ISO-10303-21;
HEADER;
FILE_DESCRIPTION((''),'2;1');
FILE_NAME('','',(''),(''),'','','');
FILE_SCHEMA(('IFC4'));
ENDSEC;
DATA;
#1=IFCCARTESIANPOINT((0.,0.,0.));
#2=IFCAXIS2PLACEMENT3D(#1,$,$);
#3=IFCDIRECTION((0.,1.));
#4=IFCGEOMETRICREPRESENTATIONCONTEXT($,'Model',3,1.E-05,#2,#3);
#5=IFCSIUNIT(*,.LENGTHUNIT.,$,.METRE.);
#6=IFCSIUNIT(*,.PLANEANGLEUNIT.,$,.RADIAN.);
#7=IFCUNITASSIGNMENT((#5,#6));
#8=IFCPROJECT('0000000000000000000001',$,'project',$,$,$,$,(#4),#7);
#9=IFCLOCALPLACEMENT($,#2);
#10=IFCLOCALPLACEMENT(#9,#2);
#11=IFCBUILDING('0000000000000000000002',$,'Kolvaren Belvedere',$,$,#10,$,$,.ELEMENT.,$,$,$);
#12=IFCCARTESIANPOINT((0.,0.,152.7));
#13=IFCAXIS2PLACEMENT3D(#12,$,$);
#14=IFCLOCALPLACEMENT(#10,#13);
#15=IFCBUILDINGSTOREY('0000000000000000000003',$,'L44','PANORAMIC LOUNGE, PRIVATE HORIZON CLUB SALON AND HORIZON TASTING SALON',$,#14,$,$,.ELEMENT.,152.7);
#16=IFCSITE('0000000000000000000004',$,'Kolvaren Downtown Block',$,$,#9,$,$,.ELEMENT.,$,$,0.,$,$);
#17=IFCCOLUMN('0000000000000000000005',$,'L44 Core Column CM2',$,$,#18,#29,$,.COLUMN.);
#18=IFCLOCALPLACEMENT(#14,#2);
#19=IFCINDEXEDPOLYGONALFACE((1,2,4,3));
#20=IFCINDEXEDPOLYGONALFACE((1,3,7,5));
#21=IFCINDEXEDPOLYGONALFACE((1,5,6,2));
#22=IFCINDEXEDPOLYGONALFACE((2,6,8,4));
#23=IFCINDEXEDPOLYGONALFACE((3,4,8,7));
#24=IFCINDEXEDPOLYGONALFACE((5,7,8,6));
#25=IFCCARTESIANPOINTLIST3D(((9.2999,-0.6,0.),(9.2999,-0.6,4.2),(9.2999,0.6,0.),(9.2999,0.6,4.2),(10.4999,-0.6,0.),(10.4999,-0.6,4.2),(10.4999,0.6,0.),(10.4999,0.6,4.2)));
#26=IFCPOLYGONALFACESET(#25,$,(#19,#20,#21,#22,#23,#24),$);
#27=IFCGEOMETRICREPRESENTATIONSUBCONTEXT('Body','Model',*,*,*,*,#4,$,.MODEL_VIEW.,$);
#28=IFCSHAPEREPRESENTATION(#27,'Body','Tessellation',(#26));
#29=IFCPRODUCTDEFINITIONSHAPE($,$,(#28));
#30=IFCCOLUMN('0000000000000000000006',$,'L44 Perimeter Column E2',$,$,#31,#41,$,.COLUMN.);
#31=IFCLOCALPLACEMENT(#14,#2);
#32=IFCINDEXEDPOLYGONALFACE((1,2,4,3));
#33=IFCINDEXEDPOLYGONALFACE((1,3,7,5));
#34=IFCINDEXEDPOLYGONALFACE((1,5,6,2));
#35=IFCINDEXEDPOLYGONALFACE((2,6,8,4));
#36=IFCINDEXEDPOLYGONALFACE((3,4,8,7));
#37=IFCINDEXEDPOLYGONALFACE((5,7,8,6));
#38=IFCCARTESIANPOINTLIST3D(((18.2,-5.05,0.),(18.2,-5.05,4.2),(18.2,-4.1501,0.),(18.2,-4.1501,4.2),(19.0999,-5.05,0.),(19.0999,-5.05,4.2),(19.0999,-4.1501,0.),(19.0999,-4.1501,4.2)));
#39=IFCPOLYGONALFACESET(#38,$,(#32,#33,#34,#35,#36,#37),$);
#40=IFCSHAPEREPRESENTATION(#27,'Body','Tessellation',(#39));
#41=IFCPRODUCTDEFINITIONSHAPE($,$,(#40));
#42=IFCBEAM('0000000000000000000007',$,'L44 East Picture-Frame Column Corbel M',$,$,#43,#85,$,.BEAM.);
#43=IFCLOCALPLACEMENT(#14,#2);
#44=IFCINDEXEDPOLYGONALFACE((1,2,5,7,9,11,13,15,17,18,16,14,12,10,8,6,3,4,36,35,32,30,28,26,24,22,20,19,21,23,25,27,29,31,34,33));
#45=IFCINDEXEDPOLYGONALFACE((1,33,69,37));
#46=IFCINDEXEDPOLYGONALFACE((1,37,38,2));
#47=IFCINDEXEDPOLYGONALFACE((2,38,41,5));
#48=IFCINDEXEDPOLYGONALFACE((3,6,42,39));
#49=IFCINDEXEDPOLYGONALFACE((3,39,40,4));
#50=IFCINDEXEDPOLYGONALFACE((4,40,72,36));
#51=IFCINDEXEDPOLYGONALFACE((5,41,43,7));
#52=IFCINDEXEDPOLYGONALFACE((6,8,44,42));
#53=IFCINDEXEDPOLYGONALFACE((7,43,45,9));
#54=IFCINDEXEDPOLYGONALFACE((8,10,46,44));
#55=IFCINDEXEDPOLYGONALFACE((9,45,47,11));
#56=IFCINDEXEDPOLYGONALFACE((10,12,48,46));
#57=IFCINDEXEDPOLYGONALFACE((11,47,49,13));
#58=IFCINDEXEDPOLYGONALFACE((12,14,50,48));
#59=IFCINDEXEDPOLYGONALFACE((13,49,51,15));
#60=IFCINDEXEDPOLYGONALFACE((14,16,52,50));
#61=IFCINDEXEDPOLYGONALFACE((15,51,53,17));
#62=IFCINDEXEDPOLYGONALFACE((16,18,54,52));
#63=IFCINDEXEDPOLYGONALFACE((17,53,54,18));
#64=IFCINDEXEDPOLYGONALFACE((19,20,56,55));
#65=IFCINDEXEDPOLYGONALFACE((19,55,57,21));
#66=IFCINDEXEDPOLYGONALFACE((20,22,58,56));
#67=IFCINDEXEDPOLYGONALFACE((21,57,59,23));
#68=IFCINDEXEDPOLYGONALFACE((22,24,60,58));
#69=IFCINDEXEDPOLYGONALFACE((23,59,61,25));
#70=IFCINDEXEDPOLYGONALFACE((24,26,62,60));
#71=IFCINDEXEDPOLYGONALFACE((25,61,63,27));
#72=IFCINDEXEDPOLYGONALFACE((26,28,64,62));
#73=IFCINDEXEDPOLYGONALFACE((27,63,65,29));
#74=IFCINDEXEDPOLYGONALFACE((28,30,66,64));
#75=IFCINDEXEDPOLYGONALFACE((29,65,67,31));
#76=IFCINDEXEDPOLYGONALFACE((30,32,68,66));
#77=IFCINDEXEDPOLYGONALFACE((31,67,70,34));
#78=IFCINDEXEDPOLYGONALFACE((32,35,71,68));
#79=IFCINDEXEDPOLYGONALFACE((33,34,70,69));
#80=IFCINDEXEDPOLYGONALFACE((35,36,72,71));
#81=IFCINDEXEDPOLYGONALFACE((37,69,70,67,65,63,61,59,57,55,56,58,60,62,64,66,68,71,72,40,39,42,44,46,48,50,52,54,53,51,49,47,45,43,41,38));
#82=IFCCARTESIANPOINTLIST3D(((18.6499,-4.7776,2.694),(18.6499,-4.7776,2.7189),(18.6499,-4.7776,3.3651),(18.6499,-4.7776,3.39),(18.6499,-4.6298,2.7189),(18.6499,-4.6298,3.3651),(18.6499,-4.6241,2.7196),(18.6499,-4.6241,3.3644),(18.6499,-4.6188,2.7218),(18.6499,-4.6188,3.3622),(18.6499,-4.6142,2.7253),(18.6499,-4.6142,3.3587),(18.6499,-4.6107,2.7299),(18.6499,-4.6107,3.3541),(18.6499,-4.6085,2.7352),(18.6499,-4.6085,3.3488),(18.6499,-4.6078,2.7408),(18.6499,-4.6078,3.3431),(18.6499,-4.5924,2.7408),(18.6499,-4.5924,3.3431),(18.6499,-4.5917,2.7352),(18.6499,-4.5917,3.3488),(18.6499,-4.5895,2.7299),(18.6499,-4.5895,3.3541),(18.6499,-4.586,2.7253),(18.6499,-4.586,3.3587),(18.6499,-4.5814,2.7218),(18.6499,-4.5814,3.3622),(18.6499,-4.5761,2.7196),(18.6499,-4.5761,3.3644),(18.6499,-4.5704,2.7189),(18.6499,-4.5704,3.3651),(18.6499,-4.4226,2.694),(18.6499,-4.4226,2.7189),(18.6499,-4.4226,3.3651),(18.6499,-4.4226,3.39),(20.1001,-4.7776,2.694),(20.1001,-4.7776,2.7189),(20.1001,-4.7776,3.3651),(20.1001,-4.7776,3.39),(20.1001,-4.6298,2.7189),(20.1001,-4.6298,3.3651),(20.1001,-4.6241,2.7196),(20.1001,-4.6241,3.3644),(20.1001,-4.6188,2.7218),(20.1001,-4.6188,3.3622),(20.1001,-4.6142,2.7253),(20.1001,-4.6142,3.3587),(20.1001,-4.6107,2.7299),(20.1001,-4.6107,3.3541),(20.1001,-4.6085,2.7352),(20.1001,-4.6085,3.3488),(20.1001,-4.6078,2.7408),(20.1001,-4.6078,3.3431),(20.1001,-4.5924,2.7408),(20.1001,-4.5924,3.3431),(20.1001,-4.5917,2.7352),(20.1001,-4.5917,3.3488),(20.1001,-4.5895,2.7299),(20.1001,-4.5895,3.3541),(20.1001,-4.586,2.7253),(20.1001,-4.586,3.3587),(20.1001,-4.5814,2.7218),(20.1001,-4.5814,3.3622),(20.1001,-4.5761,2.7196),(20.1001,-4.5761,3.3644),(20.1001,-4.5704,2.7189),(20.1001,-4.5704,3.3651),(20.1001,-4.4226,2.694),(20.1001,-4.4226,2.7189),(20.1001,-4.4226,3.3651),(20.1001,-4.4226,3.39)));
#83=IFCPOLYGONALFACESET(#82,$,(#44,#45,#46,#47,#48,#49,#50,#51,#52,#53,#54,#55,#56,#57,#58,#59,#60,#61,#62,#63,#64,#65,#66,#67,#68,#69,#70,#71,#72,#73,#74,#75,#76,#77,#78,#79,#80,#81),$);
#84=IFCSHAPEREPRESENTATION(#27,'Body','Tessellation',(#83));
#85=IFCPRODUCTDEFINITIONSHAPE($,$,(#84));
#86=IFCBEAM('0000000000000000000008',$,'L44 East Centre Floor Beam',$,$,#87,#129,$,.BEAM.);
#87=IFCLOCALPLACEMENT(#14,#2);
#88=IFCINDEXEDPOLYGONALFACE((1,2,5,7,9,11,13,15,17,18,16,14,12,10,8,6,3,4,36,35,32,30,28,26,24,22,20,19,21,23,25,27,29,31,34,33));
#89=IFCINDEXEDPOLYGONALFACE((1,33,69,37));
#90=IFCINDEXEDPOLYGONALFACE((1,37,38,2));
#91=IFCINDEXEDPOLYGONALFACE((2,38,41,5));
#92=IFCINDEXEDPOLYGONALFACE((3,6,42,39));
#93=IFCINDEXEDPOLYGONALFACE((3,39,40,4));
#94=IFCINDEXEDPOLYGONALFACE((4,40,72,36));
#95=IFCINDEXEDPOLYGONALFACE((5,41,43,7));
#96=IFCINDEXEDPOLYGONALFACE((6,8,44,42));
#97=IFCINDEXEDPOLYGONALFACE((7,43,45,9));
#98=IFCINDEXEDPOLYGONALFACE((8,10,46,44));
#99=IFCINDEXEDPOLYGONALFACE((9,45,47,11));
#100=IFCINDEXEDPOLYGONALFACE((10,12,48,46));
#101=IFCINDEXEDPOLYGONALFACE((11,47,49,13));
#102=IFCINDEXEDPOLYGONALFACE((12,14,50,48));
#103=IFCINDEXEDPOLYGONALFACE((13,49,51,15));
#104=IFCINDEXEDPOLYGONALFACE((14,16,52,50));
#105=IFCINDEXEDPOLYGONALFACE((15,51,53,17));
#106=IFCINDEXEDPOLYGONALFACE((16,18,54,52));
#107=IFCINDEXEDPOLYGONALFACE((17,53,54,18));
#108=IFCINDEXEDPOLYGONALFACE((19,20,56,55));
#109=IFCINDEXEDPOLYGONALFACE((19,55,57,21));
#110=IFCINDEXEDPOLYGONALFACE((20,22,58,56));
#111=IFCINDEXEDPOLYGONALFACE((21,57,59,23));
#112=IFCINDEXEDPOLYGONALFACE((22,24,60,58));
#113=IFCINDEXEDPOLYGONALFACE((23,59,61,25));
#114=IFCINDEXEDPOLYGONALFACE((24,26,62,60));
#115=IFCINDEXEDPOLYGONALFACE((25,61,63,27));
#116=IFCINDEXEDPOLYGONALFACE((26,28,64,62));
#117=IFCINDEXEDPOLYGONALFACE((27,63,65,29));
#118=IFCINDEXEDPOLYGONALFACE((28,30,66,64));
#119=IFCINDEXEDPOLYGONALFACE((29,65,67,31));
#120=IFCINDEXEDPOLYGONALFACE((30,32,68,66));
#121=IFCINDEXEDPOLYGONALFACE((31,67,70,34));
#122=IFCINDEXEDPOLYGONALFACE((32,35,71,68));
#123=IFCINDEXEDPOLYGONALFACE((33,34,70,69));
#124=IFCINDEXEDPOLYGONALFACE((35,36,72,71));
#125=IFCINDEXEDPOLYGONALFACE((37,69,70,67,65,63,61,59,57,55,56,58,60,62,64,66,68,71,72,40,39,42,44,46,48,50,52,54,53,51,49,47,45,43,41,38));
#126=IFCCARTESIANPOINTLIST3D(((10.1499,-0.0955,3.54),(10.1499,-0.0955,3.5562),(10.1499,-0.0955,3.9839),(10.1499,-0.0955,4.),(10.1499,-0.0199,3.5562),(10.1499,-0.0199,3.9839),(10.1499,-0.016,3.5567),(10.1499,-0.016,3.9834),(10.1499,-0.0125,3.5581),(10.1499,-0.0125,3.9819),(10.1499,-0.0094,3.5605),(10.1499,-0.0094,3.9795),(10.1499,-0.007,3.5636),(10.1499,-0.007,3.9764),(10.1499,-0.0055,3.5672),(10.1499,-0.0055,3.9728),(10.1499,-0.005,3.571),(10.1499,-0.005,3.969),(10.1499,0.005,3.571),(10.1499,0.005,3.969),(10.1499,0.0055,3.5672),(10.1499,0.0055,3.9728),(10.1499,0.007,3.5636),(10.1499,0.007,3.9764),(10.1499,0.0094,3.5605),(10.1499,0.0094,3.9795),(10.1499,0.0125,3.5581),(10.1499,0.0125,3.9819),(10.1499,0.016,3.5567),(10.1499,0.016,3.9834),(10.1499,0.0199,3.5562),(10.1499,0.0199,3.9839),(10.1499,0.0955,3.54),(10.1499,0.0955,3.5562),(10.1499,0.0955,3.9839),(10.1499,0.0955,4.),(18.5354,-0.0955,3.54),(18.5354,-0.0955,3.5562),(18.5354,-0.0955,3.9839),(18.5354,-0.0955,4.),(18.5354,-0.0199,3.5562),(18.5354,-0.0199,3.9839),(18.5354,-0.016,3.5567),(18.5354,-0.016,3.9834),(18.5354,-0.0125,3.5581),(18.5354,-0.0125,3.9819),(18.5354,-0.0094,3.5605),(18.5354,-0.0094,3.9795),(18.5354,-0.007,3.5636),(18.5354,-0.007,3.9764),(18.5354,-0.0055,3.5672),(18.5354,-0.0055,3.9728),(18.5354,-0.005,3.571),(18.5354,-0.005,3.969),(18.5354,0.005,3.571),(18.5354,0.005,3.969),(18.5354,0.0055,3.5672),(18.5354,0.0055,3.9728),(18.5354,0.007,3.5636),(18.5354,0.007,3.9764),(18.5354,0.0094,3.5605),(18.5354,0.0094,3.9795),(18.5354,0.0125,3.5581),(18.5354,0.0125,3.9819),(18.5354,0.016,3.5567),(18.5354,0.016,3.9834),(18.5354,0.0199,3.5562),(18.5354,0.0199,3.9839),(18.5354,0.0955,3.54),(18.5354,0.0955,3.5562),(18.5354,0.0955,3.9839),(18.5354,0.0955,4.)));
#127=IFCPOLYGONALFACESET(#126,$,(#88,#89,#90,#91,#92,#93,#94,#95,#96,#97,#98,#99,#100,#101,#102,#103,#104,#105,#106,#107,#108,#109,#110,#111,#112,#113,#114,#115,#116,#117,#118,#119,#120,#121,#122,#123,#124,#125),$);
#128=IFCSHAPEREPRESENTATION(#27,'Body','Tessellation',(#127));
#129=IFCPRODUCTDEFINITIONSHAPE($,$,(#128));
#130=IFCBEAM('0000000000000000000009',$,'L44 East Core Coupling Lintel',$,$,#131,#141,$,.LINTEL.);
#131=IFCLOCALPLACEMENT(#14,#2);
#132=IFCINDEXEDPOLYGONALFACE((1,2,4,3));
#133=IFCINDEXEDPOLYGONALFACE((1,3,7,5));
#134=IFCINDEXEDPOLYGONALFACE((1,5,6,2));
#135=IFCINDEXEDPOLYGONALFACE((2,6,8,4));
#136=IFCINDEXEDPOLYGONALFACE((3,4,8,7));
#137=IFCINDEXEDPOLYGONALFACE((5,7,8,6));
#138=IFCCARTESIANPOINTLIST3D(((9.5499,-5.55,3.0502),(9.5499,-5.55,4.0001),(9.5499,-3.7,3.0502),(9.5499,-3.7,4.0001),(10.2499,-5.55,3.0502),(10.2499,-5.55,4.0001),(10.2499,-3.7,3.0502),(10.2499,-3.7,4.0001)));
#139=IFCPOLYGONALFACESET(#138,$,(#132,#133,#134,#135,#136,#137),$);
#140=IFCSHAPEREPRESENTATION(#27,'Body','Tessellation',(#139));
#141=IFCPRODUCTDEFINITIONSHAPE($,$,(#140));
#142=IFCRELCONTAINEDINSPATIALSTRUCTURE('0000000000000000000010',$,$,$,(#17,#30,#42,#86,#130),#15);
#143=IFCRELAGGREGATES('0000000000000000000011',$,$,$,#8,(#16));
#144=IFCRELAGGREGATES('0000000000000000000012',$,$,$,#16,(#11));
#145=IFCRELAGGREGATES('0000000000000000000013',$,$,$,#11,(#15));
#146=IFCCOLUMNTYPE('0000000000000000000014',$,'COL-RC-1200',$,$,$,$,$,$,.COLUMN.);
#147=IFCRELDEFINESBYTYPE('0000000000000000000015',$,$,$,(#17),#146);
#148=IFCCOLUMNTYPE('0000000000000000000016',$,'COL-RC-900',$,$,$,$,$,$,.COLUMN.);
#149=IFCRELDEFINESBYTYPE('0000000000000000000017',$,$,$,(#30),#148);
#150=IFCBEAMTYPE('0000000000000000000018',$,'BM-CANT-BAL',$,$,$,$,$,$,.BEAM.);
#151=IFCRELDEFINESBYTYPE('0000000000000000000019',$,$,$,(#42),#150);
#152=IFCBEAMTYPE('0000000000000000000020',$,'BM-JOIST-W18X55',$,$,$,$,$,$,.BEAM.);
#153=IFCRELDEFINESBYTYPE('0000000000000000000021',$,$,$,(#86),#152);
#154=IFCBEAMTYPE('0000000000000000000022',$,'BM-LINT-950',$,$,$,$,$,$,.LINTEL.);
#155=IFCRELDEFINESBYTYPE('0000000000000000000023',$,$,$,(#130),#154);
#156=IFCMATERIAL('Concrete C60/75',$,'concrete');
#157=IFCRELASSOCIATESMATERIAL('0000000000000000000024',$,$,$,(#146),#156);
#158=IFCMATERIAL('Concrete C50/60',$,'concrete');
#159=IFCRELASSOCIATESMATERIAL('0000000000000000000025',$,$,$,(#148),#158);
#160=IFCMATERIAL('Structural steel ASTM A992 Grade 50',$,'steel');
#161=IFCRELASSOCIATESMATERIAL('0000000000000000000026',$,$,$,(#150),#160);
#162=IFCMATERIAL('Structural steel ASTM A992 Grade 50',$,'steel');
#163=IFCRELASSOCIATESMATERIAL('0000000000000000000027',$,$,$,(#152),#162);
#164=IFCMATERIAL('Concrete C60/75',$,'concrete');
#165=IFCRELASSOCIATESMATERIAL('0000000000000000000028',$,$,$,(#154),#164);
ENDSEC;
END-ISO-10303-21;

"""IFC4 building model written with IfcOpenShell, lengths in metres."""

from ifc_helpers import new_model, si_unit, direction, frame, origin, origin_2d, place, context, subcontext, project, spatial, rectangle, i_section, extrude, material, material_profile, profile_set, type_object, element, save


model = new_model("IFC4")

# Units and contexts
model_context = context("Model", 3, precision=1e-05, world=origin(), true_north=direction((0.0, 1.0)))
body_context = subcontext(model_context, "Body", "Model", "MODEL_VIEW")
ifc_project = project(units=[si_unit("LENGTHUNIT", "METRE"), si_unit("PLANEANGLEUNIT", "RADIAN")], contexts=[model_context])

# Site, building, storey
site_placement = place(None, origin())
site = spatial("IfcSite", under=ifc_project, at=site_placement, Name="Kolvaren Downtown Block", CompositionType="ELEMENT", RefElevation=0.0)
building_placement = place(site_placement, origin())
building = spatial("IfcBuilding", under=site, at=building_placement, Name="Kolvaren Belvedere", CompositionType="ELEMENT")
storey_placement = place(building_placement, frame((0.0, 0.0, 152.7)))
storey = spatial("IfcBuildingStorey", under=building, at=storey_placement, Name="L44", Description="PANORAMIC LOUNGE, PRIVATE HORIZON CLUB SALON AND HORIZON TASTING SALON", CompositionType="ELEMENT", Elevation=152.7)

# Columns
ifc_material_1 = material(Name="Concrete C60/75", Category="concrete")
ifc_material_profile_1 = material_profile(ifc_material_1, rectangle(XDim=1.2, YDim=1.2, at=origin_2d()), Name="RC 1200X1200")
ifc_profile_set_1 = profile_set([ifc_material_profile_1], Name="Concrete C60/75")
column_type_1 = type_object("IfcColumnType", Name="COL-RC-1200", PredefinedType="COLUMN", material=ifc_profile_set_1)
column_1_placement = place(storey_placement, frame((9.8999, 0.0, 0.0), z_axis=(0.0, 0.0, 1.0), x_axis=(1.0, 0.0, 0.0)))
element("IfcColumn", 1, at=column_1_placement, inside=storey, type_object=column_type_1, Name="L44 Core Column CM2", PredefinedType="COLUMN", context=body_context, shape_type="SweptSolid", body=[
    extrude(rectangle(XDim=1.2, YDim=1.2, at=origin_2d()), origin(), (0.0, 0.0, 1.0), 4.2),
])
ifc_material_2 = material(Name="Concrete C50/60", Category="concrete")
ifc_material_profile_2 = material_profile(ifc_material_2, rectangle(XDim=0.8999, YDim=0.8999, at=origin_2d()), Name="RC 900X900")
ifc_profile_set_2 = profile_set([ifc_material_profile_2], Name="Concrete C50/60")
column_type_2 = type_object("IfcColumnType", Name="COL-RC-900", PredefinedType="COLUMN", material=ifc_profile_set_2)
column_2_placement = place(storey_placement, frame((18.6499, -4.6001, 0.0), z_axis=(0.0, 0.0, 1.0), x_axis=(1.0, 0.0, 0.0)))
element("IfcColumn", 2, at=column_2_placement, inside=storey, type_object=column_type_2, Name="L44 Perimeter Column E2", PredefinedType="COLUMN", context=body_context, shape_type="SweptSolid", body=[
    extrude(rectangle(XDim=0.8999, YDim=0.8999, at=origin_2d()), origin(), (0.0, 0.0, 1.0), 4.2),
])

# Beams
ifc_material_3 = material(Name="Structural steel ASTM A992 Grade 50", Category="steel")
ifc_material_profile_3 = material_profile(ifc_material_3, i_section(OverallWidth=0.355, OverallDepth=0.696, WebThickness=0.0154, FlangeThickness=0.0249, FilletRadius=0.022, at=origin_2d()), Name="W27X146")
ifc_profile_set_3 = profile_set([ifc_material_profile_3], Name="Structural steel ASTM A992 Grade 50")
beam_type_1 = type_object("IfcBeamType", Name="BM-CANT-BAL", PredefinedType="BEAM", material=ifc_profile_set_3)
beam_1_placement = place(storey_placement, frame((18.6499, -4.6001, 3.042), z_axis=(1.0, 0.0, 0.0), x_axis=(0.0, 1.0, 0.0)))
element("IfcBeam", 3, at=beam_1_placement, inside=storey, type_object=beam_type_1, Name="L44 East Picture-Frame Column Corbel M", PredefinedType="BEAM", context=body_context, shape_type="SweptSolid", body=[
    extrude(i_section(OverallWidth=0.355, OverallDepth=0.696, WebThickness=0.0154, FlangeThickness=0.0249, FilletRadius=0.022, at=origin_2d()), origin(), (0.0, 0.0, 1.0), 1.4502),
])
ifc_material_4 = material(Name="Structural steel ASTM A992 Grade 50", Category="steel")
ifc_material_profile_4 = material_profile(ifc_material_4, i_section(OverallWidth=0.1909, OverallDepth=0.46, WebThickness=0.01, FlangeThickness=0.0161, FilletRadius=0.0149, at=origin_2d()), Name="W18X55")
ifc_profile_set_4 = profile_set([ifc_material_profile_4], Name="Structural steel ASTM A992 Grade 50")
beam_type_2 = type_object("IfcBeamType", Name="BM-JOIST-W18X55", PredefinedType="BEAM", material=ifc_profile_set_4)
beam_2_placement = place(storey_placement, frame((10.1499, 0.0, 3.77), z_axis=(1.0, 0.0, 0.0), x_axis=(0.0, 1.0, 0.0)))
element("IfcBeam", 4, at=beam_2_placement, inside=storey, type_object=beam_type_2, Name="L44 East Centre Floor Beam", PredefinedType="BEAM", context=body_context, shape_type="SweptSolid", body=[
    extrude(i_section(OverallWidth=0.1909, OverallDepth=0.46, WebThickness=0.01, FlangeThickness=0.0161, FilletRadius=0.0149, at=origin_2d()), origin(), (0.0, 0.0, 1.0), 8.3855),
])
ifc_material_5 = material(Name="Concrete C60/75", Category="concrete")
ifc_material_profile_5 = material_profile(ifc_material_5, rectangle(XDim=0.7, YDim=0.95, at=origin_2d()), Name="RC 700X950")
ifc_profile_set_5 = profile_set([ifc_material_profile_5], Name="Concrete C60/75")
beam_type_3 = type_object("IfcBeamType", Name="BM-LINT-950", PredefinedType="LINTEL", material=ifc_profile_set_5)
beam_3_placement = place(storey_placement, frame((9.8999, -5.55, 3.5251), z_axis=(0.0, 1.0, 0.0), x_axis=(-1.0, 0.0, 0.0)))
element("IfcBeam", 5, at=beam_3_placement, inside=storey, type_object=beam_type_3, Name="L44 East Core Coupling Lintel", PredefinedType="LINTEL", context=body_context, shape_type="SweptSolid", body=[
    extrude(rectangle(XDim=0.7, YDim=0.95, at=origin_2d()), origin(), (0.0, 0.0, 1.0), 1.8501),
])

save(model, "model.ifc")
